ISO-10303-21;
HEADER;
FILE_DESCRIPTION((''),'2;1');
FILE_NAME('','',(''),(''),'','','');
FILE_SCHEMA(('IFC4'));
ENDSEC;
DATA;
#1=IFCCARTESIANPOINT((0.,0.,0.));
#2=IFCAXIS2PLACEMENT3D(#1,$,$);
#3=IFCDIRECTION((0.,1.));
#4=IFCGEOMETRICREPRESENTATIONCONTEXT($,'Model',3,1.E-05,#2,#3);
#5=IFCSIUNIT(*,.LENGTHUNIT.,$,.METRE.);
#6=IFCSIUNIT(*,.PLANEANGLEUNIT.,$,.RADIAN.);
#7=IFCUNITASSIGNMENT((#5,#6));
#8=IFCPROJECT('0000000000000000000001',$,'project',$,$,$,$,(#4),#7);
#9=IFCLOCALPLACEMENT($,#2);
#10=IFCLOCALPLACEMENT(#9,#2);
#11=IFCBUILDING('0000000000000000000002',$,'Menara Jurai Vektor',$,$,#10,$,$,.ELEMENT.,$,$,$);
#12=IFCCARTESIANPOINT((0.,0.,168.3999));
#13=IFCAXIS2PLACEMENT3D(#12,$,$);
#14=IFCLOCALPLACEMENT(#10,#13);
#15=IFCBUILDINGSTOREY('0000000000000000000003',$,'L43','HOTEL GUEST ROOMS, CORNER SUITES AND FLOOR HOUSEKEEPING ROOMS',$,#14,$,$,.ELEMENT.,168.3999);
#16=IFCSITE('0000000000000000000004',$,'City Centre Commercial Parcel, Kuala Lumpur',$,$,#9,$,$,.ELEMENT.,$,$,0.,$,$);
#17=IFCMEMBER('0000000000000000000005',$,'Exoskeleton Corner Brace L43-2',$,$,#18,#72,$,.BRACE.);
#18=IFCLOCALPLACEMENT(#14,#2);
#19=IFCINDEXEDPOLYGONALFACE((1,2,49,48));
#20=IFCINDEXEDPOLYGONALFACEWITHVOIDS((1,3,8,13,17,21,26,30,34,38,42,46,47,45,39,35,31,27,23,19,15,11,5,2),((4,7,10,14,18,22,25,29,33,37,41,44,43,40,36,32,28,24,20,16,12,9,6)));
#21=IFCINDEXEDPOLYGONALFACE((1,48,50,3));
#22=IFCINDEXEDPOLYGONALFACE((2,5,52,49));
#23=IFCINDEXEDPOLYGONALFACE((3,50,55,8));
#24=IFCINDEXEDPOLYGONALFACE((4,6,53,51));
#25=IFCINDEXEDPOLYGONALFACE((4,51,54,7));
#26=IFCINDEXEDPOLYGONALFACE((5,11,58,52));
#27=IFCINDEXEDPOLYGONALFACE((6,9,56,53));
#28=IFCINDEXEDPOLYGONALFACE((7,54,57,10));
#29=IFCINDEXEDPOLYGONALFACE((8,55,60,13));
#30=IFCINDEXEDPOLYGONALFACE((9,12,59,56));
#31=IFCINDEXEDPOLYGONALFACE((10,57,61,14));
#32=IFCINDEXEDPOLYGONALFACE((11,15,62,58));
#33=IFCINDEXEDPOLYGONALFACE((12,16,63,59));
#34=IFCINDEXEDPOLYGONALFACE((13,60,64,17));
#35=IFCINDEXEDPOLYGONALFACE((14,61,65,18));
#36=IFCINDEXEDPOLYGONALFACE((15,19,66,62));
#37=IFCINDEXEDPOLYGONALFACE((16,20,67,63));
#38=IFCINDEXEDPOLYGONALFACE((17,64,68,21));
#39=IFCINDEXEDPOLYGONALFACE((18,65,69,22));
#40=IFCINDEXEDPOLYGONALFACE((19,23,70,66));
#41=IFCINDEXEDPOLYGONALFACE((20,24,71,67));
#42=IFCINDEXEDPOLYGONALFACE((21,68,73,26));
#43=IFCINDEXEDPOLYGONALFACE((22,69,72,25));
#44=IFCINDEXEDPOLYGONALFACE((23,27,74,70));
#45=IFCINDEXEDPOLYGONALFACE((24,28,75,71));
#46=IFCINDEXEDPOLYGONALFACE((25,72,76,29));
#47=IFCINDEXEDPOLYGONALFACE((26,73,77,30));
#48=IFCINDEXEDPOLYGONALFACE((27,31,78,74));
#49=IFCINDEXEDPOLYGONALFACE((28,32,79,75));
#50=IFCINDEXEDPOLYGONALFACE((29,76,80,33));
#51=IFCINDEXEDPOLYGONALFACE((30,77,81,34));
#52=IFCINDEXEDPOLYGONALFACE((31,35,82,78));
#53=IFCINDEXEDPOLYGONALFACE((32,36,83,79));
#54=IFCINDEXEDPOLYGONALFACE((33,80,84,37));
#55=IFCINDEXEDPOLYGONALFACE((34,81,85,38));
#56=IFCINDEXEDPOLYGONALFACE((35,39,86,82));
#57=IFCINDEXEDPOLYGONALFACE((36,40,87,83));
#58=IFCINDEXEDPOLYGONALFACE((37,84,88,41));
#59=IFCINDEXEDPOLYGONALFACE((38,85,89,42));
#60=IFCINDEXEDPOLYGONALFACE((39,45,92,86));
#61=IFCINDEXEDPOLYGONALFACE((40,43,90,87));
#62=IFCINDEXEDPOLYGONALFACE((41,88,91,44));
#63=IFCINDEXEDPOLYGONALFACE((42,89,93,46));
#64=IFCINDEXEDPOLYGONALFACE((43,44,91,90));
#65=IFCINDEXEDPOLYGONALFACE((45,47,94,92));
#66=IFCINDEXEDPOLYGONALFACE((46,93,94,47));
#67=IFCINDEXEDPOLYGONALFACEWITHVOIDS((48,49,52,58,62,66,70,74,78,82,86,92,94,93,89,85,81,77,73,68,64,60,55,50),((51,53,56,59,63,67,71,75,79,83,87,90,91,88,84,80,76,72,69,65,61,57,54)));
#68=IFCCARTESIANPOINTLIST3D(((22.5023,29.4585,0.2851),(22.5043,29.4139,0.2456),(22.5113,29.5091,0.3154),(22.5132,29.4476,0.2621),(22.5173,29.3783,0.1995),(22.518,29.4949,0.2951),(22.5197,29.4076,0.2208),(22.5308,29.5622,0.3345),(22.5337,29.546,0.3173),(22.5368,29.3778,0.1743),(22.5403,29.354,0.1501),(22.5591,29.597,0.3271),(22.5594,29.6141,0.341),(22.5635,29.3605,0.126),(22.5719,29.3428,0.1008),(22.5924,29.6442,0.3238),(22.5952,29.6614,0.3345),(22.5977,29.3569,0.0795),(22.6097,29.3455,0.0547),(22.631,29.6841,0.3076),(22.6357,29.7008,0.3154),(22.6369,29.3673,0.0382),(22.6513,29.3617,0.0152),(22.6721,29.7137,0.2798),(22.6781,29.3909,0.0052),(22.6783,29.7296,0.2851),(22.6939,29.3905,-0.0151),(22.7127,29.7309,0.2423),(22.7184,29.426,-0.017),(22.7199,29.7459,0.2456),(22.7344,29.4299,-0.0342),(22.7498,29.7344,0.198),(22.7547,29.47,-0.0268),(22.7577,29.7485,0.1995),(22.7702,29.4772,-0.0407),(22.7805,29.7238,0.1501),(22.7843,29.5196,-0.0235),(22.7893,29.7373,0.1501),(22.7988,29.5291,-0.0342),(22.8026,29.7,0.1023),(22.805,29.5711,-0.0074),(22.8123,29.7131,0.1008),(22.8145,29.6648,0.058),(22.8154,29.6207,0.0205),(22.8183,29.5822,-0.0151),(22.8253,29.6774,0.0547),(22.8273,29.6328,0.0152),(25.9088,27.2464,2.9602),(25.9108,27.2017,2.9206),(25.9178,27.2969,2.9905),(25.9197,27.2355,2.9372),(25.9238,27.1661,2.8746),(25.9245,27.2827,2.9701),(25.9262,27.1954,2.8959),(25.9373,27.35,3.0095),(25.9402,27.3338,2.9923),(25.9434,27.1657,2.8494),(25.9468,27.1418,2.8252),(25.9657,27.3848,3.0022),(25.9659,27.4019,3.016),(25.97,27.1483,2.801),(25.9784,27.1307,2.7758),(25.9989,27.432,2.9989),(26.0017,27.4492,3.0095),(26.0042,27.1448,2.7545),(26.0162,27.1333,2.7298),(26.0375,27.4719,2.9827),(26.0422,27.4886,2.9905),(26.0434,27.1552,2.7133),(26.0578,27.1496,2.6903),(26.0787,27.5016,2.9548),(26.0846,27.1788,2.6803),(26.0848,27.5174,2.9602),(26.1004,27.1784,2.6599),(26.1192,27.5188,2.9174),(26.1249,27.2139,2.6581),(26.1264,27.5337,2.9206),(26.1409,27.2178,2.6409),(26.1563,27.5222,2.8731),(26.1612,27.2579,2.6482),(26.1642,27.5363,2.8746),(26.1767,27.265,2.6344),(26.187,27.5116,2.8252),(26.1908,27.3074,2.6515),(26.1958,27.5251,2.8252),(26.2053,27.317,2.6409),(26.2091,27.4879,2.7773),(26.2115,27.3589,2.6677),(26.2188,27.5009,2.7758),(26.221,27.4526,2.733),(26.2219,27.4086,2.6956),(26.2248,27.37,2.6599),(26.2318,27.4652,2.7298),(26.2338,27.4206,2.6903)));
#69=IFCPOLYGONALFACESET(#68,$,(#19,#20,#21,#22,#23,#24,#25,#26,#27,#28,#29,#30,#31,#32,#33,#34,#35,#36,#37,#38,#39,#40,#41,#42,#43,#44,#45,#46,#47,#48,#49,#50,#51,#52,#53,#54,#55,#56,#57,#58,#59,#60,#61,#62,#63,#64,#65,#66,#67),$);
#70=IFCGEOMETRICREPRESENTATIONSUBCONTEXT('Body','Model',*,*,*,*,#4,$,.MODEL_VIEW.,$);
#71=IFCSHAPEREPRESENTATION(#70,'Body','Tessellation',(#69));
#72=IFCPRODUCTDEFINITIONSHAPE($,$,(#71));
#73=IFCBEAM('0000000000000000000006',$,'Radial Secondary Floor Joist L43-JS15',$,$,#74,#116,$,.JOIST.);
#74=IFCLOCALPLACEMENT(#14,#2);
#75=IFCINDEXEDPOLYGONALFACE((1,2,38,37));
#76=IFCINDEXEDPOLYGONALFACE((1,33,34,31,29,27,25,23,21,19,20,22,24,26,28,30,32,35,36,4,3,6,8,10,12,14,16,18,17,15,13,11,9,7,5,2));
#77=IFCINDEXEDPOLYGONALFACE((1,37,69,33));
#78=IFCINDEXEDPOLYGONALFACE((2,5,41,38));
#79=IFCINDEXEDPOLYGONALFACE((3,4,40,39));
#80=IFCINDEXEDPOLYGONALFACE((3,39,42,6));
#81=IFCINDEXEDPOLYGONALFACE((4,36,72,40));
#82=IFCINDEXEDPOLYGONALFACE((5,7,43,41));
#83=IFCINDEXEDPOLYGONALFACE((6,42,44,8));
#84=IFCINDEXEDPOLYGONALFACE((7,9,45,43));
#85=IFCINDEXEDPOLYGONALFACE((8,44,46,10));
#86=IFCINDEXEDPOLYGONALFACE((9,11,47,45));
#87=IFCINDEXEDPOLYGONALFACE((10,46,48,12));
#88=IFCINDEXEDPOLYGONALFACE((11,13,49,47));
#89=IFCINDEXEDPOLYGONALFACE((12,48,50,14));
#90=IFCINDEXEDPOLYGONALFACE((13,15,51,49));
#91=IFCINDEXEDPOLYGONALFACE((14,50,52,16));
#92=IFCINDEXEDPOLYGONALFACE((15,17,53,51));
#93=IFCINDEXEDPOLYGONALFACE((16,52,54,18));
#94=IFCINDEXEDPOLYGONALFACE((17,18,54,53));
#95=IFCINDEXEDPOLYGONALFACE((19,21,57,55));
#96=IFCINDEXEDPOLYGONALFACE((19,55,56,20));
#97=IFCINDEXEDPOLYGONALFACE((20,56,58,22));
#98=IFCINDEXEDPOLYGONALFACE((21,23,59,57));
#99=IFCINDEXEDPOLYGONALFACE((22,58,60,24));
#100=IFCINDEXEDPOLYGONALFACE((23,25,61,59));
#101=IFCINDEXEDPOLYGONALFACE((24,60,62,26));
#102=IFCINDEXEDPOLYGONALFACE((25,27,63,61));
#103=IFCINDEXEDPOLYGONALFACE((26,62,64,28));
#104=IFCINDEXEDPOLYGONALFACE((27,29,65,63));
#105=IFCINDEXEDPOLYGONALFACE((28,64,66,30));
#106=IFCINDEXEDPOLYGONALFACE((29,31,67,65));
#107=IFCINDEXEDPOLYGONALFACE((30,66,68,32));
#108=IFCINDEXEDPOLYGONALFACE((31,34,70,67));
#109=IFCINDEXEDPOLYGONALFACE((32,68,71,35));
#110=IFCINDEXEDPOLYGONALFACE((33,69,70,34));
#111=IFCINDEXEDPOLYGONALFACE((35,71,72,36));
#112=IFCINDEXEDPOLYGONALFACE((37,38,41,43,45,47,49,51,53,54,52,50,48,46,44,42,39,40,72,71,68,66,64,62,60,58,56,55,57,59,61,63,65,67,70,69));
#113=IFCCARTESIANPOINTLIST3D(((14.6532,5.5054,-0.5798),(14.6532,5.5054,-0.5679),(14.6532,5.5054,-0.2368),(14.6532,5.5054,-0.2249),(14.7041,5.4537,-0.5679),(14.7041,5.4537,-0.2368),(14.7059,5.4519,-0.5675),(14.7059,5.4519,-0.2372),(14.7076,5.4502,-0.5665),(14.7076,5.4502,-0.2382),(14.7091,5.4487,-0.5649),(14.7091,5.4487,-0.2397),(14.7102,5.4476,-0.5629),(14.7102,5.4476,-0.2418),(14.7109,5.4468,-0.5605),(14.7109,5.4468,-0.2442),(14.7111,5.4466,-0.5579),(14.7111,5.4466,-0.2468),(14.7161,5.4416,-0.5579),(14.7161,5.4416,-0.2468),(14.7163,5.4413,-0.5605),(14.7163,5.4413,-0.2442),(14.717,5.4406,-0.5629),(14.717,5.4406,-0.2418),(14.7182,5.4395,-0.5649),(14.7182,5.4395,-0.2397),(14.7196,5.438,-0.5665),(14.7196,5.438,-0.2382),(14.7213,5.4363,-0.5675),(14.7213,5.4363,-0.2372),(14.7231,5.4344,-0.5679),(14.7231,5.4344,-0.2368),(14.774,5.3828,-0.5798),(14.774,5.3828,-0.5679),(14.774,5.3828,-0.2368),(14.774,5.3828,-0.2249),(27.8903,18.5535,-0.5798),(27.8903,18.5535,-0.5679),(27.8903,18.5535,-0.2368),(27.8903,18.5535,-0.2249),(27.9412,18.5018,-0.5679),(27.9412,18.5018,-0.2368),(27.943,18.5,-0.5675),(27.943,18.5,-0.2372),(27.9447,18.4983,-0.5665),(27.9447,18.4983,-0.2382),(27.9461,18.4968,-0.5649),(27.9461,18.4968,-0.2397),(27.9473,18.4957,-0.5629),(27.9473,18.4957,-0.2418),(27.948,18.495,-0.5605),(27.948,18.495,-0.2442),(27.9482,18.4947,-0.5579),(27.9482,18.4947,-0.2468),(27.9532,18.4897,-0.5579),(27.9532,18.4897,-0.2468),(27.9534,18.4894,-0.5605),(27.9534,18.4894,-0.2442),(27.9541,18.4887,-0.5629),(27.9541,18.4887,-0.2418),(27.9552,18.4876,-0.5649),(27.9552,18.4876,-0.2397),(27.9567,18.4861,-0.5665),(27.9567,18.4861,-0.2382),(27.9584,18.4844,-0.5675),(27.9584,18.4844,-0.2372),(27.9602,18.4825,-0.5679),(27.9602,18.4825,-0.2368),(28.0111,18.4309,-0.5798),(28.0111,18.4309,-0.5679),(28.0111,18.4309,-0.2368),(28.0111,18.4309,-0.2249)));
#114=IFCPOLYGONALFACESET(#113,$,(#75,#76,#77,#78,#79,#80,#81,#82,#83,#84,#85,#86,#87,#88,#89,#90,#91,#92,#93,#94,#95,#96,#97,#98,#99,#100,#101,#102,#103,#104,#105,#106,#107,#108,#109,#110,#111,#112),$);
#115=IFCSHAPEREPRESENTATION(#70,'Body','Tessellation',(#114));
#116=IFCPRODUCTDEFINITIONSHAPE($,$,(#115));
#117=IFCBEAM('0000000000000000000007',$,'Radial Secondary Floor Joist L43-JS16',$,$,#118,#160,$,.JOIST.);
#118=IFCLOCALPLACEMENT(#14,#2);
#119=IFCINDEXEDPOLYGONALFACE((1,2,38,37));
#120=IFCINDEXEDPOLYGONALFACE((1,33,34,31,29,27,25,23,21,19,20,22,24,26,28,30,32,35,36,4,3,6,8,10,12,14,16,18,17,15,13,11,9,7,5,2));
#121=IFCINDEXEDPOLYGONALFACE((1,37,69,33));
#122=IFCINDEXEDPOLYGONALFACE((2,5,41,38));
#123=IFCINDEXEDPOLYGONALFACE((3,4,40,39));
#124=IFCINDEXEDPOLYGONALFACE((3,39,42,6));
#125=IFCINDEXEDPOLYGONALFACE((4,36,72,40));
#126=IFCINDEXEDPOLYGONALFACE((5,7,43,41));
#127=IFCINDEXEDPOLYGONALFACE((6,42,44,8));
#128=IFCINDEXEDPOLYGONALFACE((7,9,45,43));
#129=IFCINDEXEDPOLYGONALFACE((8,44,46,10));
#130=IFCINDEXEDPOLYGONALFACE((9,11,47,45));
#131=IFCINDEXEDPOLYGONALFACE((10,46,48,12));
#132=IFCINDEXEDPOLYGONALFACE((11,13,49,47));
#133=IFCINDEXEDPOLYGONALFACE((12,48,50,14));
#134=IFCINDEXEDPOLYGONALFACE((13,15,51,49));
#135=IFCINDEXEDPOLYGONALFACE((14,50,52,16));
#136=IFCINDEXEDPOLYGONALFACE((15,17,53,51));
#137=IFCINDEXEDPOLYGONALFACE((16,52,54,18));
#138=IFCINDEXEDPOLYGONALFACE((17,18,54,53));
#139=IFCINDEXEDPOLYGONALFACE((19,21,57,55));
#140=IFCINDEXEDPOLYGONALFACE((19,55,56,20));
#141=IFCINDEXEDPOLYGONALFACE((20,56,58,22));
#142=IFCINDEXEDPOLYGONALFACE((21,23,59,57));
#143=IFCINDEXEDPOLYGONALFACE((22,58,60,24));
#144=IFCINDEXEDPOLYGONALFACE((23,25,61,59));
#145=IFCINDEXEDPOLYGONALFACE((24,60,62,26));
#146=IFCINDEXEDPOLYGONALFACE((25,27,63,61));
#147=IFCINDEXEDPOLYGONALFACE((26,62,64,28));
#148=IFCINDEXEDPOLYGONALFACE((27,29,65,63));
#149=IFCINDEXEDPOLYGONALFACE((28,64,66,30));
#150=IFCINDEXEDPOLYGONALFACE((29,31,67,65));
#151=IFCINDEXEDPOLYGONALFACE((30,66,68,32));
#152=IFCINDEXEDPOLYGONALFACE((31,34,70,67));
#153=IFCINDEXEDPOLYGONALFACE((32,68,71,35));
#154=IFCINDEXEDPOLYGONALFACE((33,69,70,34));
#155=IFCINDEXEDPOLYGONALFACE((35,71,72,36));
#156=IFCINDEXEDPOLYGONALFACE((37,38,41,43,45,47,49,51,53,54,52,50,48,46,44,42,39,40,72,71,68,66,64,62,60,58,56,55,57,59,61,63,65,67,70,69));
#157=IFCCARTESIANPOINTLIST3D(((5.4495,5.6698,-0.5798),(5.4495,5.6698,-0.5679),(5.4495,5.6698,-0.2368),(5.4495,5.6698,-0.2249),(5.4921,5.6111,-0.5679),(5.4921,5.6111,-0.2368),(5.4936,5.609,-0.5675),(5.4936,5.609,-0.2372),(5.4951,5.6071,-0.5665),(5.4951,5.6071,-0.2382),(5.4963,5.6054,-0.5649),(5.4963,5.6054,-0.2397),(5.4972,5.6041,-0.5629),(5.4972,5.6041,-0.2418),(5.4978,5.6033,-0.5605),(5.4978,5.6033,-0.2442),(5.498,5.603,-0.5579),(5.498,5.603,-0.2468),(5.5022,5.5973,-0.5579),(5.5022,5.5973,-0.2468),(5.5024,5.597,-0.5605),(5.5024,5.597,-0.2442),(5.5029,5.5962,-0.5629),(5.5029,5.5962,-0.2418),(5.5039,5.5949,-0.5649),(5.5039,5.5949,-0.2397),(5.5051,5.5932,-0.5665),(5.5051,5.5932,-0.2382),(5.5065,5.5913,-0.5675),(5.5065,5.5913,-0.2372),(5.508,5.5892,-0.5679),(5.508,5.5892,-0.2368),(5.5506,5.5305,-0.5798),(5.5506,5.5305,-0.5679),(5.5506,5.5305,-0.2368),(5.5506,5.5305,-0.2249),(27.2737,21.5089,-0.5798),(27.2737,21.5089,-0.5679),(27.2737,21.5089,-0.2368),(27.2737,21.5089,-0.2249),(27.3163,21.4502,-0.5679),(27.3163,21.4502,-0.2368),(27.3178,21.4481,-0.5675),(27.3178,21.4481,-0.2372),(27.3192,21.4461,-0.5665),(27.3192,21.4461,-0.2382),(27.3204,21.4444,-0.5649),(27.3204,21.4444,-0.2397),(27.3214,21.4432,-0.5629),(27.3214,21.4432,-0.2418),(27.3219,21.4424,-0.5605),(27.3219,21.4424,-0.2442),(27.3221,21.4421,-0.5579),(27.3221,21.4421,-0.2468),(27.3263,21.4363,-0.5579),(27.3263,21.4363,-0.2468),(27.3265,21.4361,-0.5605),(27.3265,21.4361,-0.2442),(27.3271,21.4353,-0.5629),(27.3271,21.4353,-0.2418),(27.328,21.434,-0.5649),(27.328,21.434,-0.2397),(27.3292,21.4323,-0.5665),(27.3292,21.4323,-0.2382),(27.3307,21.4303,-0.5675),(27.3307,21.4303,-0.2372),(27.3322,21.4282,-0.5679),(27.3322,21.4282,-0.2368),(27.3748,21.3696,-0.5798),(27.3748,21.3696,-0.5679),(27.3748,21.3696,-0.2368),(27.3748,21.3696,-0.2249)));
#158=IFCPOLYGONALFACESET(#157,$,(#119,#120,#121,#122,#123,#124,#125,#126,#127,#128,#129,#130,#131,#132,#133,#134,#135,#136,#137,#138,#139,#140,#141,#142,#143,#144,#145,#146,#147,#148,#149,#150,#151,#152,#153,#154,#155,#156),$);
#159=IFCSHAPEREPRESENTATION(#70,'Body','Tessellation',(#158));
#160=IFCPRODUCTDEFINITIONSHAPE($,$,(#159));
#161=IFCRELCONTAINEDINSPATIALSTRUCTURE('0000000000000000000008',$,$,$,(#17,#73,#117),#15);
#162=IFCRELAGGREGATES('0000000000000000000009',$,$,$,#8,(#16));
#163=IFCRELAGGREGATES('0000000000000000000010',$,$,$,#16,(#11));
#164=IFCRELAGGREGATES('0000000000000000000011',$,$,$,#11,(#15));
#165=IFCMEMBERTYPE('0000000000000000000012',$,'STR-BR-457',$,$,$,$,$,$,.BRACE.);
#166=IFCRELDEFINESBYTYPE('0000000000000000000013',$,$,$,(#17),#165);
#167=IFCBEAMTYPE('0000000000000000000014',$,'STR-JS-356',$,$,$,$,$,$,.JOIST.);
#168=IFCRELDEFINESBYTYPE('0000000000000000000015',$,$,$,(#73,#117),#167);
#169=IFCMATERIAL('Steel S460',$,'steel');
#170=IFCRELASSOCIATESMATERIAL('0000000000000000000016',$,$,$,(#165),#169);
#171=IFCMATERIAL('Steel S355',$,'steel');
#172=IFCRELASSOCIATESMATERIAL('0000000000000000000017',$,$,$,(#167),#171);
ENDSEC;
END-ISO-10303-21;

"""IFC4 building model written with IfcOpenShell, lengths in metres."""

from ifc_helpers import new_model, si_unit, direction, frame, origin, origin_2d, place, context, subcontext, project, spatial, hollow_circle, i_section, extrude, material, material_profile, profile_set, type_object, element, save


model = new_model("IFC4")

# Units and contexts
model_context = context("Model", 3, precision=1e-05, world=origin(), true_north=direction((0.0, 1.0)))
body_context = subcontext(model_context, "Body", "Model", "MODEL_VIEW")
ifc_project = project(units=[si_unit("LENGTHUNIT", "METRE"), si_unit("PLANEANGLEUNIT", "RADIAN")], contexts=[model_context])

# Site, building, storey
site_placement = place(None, origin())
site = spatial("IfcSite", under=ifc_project, at=site_placement, Name="City Centre Commercial Parcel, Kuala Lumpur", CompositionType="ELEMENT", RefElevation=0.0)
building_placement = place(site_placement, origin())
building = spatial("IfcBuilding", under=site, at=building_placement, Name="Menara Jurai Vektor", CompositionType="ELEMENT")
storey_placement = place(building_placement, frame((0.0, 0.0, 168.3999)))
storey = spatial("IfcBuildingStorey", under=building, at=storey_placement, Name="L43", Description="HOTEL GUEST ROOMS, CORNER SUITES AND FLOOR HOUSEKEEPING ROOMS", CompositionType="ELEMENT", Elevation=168.3999)

# Shared definitions
ifc_material_1 = material(Name="Steel S460", Category="steel")

# Shared definitions
ifc_material_2 = material(Name="Steel S355", Category="steel")

# Member
ifc_material_profile_1 = material_profile(ifc_material_1, hollow_circle(Radius=0.2285, WallThickness=0.0161, at=origin_2d()), Name="CHS 457x16")
ifc_profile_set_1 = profile_set([ifc_material_profile_1], Name="Steel S460")
member_type_1 = type_object("IfcMemberType", Name="STR-BR-457", PredefinedType="BRACE", material=ifc_profile_set_1)
member_1_placement = place(storey_placement, frame((22.6648, 29.5457, 0.1501), z_axis=(0.700419, -0.454848, 0.550024), x_axis=(0.544631, 0.838676, 0.0)))
element("IfcMember", 1, at=member_1_placement, inside=storey, type_object=member_type_1, Name="Exoskeleton Corner Brace L43-2", PredefinedType="BRACE", context=body_context, shape_type="SweptSolid", body=[
    extrude(hollow_circle(Radius=0.2285, WallThickness=0.0161, at=origin_2d()), origin(), (0.0, 0.0, 1.0), 4.8635),
])

# Beams
ifc_material_profile_2 = material_profile(ifc_material_2, i_section(OverallWidth=0.1721, OverallDepth=0.355, WebThickness=0.0071, FlangeThickness=0.012, FilletRadius=0.01, at=origin_2d()), Name="UKB 356x171x51")
ifc_profile_set_2 = profile_set([ifc_material_profile_2], Name="Steel S355")
beam_type_1 = type_object("IfcBeamType", Name="STR-JS-356", PredefinedType="JOIST", material=ifc_profile_set_2)
beam_1_placement = place(storey_placement, frame((27.9507, 18.4922, -0.4023), z_axis=(-0.712172, -0.702005, 0.0), x_axis=(0.702005, -0.712172, 0.0)))
element("IfcBeam", 2, at=beam_1_placement, inside=storey, type_object=beam_type_1, Name="Radial Secondary Floor Joist L43-JS15", PredefinedType="JOIST", context=body_context, shape_type="SweptSolid", body=[
    extrude(i_section(OverallWidth=0.1721, OverallDepth=0.355, WebThickness=0.0071, FlangeThickness=0.012, FilletRadius=0.01, at=origin_2d()), origin(), (0.0, 0.0, 1.0), 18.5869),
])
beam_2_placement = place(storey_placement, frame((27.3242, 21.4392, -0.4023), z_axis=(-0.809319, -0.58737, 0.0), x_axis=(0.58737, -0.809319, 0.0)))
element("IfcBeam", 3, at=beam_2_placement, inside=storey, type_object=beam_type_1, Name="Radial Secondary Floor Joist L43-JS16", PredefinedType="JOIST", context=body_context, shape_type="SweptSolid", body=[
    extrude(i_section(OverallWidth=0.1721, OverallDepth=0.355, WebThickness=0.0071, FlangeThickness=0.012, FilletRadius=0.01, at=origin_2d()), origin(), (0.0, 0.0, 1.0), 26.9661),
])

save(model, "model.ifc")
